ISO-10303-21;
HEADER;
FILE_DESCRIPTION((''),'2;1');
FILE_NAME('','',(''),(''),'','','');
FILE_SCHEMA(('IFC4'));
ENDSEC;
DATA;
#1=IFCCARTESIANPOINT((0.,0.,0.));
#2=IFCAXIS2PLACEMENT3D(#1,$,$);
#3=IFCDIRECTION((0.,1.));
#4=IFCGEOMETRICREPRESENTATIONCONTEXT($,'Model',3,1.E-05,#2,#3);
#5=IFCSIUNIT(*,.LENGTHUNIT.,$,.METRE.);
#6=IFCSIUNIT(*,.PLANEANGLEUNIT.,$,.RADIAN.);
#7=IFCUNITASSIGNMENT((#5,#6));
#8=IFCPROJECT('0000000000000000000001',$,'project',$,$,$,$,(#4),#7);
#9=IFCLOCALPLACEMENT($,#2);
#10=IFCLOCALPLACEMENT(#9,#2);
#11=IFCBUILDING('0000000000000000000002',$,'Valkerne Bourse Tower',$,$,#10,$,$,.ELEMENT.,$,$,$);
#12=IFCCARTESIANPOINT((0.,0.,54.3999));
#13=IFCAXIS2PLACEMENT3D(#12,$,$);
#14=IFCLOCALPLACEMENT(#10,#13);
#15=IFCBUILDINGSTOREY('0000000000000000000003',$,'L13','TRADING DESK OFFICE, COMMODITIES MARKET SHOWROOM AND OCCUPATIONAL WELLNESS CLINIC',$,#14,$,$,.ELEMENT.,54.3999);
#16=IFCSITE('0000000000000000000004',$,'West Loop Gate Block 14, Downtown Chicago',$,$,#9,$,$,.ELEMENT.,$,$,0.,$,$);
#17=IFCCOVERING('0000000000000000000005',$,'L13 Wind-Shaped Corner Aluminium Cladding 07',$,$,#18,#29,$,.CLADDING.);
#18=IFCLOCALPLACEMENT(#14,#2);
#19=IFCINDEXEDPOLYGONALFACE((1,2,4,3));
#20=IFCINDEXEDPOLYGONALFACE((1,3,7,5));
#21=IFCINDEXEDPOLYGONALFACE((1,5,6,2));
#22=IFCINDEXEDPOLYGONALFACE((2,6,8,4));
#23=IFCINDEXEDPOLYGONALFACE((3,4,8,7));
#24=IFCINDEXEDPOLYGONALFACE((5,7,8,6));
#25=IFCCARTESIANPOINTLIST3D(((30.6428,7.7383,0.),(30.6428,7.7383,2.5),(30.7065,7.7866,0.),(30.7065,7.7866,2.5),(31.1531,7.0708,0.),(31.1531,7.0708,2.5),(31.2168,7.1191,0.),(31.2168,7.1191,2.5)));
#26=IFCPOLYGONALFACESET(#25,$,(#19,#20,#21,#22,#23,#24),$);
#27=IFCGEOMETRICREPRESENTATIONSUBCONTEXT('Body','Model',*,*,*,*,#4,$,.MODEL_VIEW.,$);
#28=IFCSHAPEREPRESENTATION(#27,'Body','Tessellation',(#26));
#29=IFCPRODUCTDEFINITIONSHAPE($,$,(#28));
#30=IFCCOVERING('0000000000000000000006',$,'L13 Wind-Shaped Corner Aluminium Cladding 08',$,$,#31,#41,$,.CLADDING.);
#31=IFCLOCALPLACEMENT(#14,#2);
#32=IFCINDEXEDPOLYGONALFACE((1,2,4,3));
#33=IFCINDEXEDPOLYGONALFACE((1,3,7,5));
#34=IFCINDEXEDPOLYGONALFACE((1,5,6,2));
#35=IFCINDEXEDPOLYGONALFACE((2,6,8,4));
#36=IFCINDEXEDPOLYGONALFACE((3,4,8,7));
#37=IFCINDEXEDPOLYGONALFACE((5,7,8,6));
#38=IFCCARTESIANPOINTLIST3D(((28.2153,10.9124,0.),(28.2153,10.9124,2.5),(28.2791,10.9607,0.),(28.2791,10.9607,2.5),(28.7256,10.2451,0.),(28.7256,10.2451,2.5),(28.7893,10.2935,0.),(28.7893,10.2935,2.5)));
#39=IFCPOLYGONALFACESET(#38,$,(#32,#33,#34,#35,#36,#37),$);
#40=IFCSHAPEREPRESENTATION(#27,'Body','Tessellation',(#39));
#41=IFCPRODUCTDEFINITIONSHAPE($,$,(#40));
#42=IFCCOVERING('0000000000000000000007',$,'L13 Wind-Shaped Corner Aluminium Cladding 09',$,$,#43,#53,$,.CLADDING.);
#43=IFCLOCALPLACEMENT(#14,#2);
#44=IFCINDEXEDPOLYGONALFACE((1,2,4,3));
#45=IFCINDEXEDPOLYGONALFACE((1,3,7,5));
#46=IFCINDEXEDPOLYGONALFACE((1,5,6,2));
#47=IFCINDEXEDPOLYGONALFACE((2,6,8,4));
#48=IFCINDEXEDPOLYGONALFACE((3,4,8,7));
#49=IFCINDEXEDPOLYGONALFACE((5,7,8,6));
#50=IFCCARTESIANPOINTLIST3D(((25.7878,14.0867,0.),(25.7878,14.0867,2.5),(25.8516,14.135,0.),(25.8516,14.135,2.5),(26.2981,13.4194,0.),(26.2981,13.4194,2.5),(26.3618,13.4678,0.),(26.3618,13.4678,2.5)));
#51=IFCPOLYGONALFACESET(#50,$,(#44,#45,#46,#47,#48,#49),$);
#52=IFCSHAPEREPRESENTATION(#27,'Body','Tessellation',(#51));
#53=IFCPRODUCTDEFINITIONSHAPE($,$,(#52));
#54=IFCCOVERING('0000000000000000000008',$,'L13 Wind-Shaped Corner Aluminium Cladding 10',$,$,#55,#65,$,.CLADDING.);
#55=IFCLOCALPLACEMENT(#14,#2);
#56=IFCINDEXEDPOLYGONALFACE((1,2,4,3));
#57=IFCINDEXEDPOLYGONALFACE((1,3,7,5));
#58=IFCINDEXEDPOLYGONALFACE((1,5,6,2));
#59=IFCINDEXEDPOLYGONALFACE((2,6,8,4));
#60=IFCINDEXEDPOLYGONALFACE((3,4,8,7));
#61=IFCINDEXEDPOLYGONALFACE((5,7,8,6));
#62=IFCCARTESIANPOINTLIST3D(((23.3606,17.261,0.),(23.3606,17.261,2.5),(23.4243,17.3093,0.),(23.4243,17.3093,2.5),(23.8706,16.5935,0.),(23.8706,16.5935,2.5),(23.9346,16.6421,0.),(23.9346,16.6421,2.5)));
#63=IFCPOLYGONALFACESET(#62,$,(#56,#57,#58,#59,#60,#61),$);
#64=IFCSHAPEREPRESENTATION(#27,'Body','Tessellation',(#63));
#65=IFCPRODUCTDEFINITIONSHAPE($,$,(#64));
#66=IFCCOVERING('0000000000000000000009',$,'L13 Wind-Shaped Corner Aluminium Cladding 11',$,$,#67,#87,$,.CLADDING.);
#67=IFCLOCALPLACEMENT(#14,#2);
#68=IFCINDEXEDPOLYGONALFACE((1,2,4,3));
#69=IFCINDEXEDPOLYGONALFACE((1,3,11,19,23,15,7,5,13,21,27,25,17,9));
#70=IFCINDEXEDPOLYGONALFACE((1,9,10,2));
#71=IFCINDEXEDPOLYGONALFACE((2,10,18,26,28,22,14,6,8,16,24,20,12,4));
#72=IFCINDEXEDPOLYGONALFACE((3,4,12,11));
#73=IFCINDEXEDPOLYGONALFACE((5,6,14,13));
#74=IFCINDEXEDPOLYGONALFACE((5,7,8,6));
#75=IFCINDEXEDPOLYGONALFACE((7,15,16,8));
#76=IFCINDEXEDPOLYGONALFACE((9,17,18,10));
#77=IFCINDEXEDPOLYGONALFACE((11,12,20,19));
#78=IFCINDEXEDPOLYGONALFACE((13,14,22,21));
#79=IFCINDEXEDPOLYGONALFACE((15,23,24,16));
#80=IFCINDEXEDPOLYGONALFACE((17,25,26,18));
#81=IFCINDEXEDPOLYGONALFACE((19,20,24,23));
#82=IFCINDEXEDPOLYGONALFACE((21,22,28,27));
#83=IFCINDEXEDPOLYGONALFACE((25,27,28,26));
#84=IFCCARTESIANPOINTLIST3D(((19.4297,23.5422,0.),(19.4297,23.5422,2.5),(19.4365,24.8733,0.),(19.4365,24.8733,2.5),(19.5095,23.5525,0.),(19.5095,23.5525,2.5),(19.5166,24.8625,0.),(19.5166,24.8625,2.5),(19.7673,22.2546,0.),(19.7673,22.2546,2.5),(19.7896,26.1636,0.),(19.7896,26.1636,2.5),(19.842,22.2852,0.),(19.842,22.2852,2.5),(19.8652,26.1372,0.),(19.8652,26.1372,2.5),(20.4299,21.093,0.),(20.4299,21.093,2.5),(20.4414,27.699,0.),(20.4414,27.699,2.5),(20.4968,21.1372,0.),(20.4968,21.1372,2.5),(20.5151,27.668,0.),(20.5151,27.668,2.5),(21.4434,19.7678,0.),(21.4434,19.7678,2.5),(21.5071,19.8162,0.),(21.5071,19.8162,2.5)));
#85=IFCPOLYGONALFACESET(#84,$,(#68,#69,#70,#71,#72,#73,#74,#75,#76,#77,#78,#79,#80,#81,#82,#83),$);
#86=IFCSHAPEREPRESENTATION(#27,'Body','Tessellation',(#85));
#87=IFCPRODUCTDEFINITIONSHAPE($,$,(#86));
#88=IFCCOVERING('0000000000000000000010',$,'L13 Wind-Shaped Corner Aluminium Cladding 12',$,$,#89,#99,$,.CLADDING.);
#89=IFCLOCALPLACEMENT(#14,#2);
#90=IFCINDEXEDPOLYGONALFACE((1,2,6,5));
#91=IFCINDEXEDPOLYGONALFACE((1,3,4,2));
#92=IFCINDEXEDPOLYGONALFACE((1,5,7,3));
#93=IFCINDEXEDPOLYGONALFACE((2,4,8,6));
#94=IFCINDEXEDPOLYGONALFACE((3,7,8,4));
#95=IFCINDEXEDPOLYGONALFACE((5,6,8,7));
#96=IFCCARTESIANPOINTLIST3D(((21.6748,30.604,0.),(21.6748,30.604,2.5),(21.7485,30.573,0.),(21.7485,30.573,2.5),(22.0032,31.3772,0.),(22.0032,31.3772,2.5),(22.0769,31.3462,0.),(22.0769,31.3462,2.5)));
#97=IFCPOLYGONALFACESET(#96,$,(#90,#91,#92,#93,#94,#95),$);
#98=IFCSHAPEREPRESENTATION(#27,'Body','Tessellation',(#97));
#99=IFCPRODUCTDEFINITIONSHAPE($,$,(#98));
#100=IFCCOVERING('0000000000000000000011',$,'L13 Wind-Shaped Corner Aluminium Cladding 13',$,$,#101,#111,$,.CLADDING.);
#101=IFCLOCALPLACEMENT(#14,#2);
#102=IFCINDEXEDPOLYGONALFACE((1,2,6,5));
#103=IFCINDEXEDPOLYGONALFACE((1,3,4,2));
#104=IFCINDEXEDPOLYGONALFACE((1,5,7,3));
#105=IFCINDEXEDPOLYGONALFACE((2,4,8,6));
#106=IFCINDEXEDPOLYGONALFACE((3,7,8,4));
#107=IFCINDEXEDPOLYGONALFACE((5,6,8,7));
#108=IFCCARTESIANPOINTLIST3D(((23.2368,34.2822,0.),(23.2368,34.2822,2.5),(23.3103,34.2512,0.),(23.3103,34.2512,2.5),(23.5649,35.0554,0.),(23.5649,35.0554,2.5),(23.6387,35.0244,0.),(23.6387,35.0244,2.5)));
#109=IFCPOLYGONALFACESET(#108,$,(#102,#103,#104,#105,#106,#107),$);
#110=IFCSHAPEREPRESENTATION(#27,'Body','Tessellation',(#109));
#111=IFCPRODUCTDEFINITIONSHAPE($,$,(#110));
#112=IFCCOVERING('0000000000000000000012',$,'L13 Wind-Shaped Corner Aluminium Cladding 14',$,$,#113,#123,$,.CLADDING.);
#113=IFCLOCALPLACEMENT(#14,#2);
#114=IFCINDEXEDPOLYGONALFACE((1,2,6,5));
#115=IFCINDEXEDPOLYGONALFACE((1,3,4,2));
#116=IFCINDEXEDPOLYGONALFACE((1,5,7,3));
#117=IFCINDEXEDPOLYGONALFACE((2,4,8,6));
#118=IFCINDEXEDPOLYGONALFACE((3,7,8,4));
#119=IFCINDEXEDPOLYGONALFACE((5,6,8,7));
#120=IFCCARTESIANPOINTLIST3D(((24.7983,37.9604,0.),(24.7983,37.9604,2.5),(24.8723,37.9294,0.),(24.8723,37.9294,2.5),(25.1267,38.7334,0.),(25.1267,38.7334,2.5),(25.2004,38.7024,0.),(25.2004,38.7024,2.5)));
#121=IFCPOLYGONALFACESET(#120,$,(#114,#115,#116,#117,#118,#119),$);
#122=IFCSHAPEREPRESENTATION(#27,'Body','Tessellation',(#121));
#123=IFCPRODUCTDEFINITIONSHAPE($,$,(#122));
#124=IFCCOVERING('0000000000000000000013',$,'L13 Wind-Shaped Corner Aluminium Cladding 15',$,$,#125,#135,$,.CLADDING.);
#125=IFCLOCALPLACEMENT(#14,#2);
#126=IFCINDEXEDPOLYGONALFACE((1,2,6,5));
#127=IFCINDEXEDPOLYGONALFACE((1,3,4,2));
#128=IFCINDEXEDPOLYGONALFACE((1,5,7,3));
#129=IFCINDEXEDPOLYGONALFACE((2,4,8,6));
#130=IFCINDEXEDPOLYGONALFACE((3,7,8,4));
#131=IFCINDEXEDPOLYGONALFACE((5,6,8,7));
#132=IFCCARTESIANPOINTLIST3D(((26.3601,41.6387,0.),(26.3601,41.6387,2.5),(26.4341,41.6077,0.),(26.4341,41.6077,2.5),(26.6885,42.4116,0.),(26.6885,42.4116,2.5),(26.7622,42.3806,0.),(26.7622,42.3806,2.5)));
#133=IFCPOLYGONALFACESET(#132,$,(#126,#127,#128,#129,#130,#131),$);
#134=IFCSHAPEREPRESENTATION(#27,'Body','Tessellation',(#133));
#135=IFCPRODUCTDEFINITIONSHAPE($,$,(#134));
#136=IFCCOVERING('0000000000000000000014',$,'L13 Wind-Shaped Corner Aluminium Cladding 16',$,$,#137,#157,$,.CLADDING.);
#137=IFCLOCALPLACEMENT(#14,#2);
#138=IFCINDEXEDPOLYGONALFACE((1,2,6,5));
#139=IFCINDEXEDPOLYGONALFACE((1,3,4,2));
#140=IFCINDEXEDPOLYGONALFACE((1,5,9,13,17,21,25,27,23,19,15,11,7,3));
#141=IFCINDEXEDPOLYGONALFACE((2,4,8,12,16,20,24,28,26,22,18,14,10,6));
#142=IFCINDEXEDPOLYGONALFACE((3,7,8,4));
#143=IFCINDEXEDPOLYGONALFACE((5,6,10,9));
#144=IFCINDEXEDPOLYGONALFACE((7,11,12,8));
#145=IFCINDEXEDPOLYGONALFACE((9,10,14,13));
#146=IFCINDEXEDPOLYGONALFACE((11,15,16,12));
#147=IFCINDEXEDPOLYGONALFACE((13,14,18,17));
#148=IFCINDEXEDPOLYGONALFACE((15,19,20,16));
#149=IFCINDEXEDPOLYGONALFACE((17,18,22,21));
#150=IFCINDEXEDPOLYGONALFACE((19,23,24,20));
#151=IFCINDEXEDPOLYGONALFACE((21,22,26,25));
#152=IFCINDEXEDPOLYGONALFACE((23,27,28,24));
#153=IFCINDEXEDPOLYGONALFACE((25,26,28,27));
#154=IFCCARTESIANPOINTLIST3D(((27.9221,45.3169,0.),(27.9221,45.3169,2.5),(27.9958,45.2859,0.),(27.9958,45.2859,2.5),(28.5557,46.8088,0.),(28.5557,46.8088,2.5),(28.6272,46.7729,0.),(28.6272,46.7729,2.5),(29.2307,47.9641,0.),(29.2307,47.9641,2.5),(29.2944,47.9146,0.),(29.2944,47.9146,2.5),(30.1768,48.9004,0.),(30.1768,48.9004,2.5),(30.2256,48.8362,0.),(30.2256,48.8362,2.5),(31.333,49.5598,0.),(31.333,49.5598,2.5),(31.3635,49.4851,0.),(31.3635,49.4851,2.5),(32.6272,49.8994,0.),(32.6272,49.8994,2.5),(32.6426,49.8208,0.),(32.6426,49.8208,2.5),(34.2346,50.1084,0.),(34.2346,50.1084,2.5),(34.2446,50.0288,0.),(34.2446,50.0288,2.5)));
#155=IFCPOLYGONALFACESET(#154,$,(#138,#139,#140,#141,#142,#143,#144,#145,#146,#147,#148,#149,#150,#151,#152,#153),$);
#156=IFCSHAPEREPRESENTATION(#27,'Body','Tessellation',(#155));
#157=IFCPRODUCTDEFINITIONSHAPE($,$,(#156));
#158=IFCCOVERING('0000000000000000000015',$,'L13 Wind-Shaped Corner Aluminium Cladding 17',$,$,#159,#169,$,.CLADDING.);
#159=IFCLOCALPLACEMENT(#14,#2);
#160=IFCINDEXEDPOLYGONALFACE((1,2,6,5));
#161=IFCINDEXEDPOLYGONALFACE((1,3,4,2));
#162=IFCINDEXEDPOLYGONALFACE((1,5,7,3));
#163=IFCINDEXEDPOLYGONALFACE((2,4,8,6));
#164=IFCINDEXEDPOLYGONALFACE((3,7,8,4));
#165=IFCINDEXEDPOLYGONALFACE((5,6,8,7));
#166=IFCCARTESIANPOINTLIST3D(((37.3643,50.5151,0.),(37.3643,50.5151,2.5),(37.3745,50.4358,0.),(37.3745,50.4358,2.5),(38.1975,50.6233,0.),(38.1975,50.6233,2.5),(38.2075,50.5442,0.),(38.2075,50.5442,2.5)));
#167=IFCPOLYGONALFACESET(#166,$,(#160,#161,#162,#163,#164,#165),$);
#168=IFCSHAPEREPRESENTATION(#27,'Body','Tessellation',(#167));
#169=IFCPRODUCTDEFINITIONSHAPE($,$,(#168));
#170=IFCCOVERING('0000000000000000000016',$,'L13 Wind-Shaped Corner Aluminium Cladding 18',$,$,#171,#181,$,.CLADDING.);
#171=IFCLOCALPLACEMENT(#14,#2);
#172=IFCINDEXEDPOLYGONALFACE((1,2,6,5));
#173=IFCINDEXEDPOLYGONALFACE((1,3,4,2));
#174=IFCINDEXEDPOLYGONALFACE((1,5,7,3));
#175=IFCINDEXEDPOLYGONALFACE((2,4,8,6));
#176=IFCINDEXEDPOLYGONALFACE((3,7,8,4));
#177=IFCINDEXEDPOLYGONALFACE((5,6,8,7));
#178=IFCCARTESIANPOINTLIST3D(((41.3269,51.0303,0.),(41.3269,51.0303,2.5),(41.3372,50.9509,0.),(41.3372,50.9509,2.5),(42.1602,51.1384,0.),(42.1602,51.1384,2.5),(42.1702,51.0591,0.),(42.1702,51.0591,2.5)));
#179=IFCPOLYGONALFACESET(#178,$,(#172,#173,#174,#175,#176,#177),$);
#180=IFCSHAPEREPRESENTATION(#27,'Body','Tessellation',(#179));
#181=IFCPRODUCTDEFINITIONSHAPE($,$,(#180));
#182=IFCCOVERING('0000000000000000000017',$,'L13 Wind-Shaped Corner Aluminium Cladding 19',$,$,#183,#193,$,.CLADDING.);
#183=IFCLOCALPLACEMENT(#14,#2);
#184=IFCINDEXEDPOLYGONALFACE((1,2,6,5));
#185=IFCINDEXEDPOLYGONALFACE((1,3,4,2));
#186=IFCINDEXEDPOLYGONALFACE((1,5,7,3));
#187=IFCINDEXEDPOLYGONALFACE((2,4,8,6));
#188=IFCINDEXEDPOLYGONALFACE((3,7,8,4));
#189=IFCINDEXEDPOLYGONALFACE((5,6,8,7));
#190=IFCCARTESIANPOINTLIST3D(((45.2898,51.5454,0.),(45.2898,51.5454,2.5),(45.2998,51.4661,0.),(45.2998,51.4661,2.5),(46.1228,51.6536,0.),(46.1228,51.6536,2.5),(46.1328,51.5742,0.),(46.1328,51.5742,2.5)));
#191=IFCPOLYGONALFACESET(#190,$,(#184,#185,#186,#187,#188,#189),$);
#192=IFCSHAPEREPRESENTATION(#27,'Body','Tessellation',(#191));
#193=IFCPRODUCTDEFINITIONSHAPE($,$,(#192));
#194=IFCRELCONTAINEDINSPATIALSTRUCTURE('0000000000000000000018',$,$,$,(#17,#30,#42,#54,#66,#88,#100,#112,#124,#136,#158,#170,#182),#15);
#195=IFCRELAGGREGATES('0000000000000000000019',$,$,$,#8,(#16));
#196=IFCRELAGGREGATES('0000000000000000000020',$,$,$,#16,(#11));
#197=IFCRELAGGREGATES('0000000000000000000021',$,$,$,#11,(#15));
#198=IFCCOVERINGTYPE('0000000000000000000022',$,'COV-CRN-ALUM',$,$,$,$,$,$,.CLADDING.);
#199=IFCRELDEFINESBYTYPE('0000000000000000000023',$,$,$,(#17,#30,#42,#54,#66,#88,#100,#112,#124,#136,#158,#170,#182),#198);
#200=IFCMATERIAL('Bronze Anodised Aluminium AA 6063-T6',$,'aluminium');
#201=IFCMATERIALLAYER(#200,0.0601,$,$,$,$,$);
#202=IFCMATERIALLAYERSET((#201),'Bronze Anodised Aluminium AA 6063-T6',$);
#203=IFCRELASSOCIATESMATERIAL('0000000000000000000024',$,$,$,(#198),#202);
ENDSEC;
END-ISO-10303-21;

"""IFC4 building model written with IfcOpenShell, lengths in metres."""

from ifc_helpers import new_model, si_unit, direction, frame, origin, place, context, subcontext, project, spatial, polyline, outline, extrude, material, layer, layer_set, type_object, element, save


model = new_model("IFC4")

# Units and contexts
model_context = context("Model", 3, precision=1e-05, world=origin(), true_north=direction((0.0, 1.0)))
body_context = subcontext(model_context, "Body", "Model", "MODEL_VIEW")
ifc_project = project(units=[si_unit("LENGTHUNIT", "METRE"), si_unit("PLANEANGLEUNIT", "RADIAN")], contexts=[model_context])

# Site, building, storey
site_placement = place(None, origin())
site = spatial("IfcSite", under=ifc_project, at=site_placement, Name="West Loop Gate Block 14, Downtown Chicago", CompositionType="ELEMENT", RefElevation=0.0)
building_placement = place(site_placement, origin())
building = spatial("IfcBuilding", under=site, at=building_placement, Name="Valkerne Bourse Tower", CompositionType="ELEMENT")
storey_placement = place(building_placement, frame((0.0, 0.0, 54.3999)))
storey = spatial("IfcBuildingStorey", under=building, at=storey_placement, Name="L13", Description="TRADING DESK OFFICE, COMMODITIES MARKET SHOWROOM AND OCCUPATIONAL WELLNESS CLINIC", CompositionType="ELEMENT", Elevation=54.3999)

# Coverings
ifc_material_1 = material(Name="Bronze Anodised Aluminium AA 6063-T6", Category="aluminium")
ifc_layer_1 = layer(ifc_material_1, 0.0601)
ifc_layer_set_1 = layer_set([ifc_layer_1], Name="Bronze Anodised Aluminium AA 6063-T6")
covering_type = type_object("IfcCoveringType", Name="COV-CRN-ALUM", PredefinedType="CLADDING", material=ifc_layer_set_1)
covering_1_placement = place(storey_placement, origin())
element("IfcCovering", 1, at=covering_1_placement, inside=storey, type_object=covering_type, Name="L13 Wind-Shaped Corner Aluminium Cladding 07", PredefinedType="CLADDING", context=body_context, shape_type="SweptSolid", body=[
    extrude(outline(polyline([(30.6428, 7.7383), (30.7065, 7.7866), (31.2168, 7.1191), (31.1531, 7.0708), (30.6428, 7.7383)])), origin(), (0.0, 0.0, 1.0), 2.5),
])
covering_2_placement = place(storey_placement, origin())
element("IfcCovering", 2, at=covering_2_placement, inside=storey, type_object=covering_type, Name="L13 Wind-Shaped Corner Aluminium Cladding 08", PredefinedType="CLADDING", context=body_context, shape_type="SweptSolid", body=[
    extrude(outline(polyline([(28.2153, 10.9124), (28.2791, 10.9607), (28.7893, 10.2935), (28.7256, 10.2451), (28.2153, 10.9124)])), origin(), (0.0, 0.0, 1.0), 2.5),
])
covering_3_placement = place(storey_placement, origin())
element("IfcCovering", 3, at=covering_3_placement, inside=storey, type_object=covering_type, Name="L13 Wind-Shaped Corner Aluminium Cladding 09", PredefinedType="CLADDING", context=body_context, shape_type="SweptSolid", body=[
    extrude(outline(polyline([(25.7878, 14.0867), (25.8516, 14.135), (26.3618, 13.4678), (26.2981, 13.4194), (25.7878, 14.0867)])), origin(), (0.0, 0.0, 1.0), 2.5),
])
covering_4_placement = place(storey_placement, origin())
element("IfcCovering", 4, at=covering_4_placement, inside=storey, type_object=covering_type, Name="L13 Wind-Shaped Corner Aluminium Cladding 10", PredefinedType="CLADDING", context=body_context, shape_type="SweptSolid", body=[
    extrude(outline(polyline([(23.3606, 17.261), (23.4243, 17.3093), (23.9346, 16.6421), (23.8706, 16.5935), (23.3606, 17.261)])), origin(), (0.0, 0.0, 1.0), 2.5),
])
covering_5_placement = place(storey_placement, origin())
element("IfcCovering", 5, at=covering_5_placement, inside=storey, type_object=covering_type, Name="L13 Wind-Shaped Corner Aluminium Cladding 11", PredefinedType="CLADDING", context=body_context, shape_type="SweptSolid", body=[
    extrude(outline(polyline([(20.4299, 21.093), (19.7673, 22.2546), (19.4297, 23.5422), (19.4365, 24.8733), (19.7896, 26.1636), (20.4414, 27.699), (20.5151, 27.668), (19.8652, 26.1372), (19.5166, 24.8625), (19.5095, 23.5525), (19.842, 22.2852), (20.4968, 21.1372), (21.5071, 19.8162), (21.4434, 19.7678), (20.4299, 21.093)])), origin(), (0.0, 0.0, 1.0), 2.5),
])
covering_6_placement = place(storey_placement, origin())
element("IfcCovering", 6, at=covering_6_placement, inside=storey, type_object=covering_type, Name="L13 Wind-Shaped Corner Aluminium Cladding 12", PredefinedType="CLADDING", context=body_context, shape_type="SweptSolid", body=[
    extrude(outline(polyline([(22.0032, 31.3772), (22.0769, 31.3462), (21.7485, 30.573), (21.6748, 30.604), (22.0032, 31.3772)])), origin(), (0.0, 0.0, 1.0), 2.5),
])
covering_7_placement = place(storey_placement, origin())
element("IfcCovering", 7, at=covering_7_placement, inside=storey, type_object=covering_type, Name="L13 Wind-Shaped Corner Aluminium Cladding 13", PredefinedType="CLADDING", context=body_context, shape_type="SweptSolid", body=[
    extrude(outline(polyline([(23.5649, 35.0554), (23.6387, 35.0244), (23.3103, 34.2512), (23.2368, 34.2822), (23.5649, 35.0554)])), origin(), (0.0, 0.0, 1.0), 2.5),
])
covering_8_placement = place(storey_placement, origin())
element("IfcCovering", 8, at=covering_8_placement, inside=storey, type_object=covering_type, Name="L13 Wind-Shaped Corner Aluminium Cladding 14", PredefinedType="CLADDING", context=body_context, shape_type="SweptSolid", body=[
    extrude(outline(polyline([(25.1267, 38.7334), (25.2004, 38.7024), (24.8723, 37.9294), (24.7983, 37.9604), (25.1267, 38.7334)])), origin(), (0.0, 0.0, 1.0), 2.5),
])
covering_9_placement = place(storey_placement, origin())
element("IfcCovering", 9, at=covering_9_placement, inside=storey, type_object=covering_type, Name="L13 Wind-Shaped Corner Aluminium Cladding 15", PredefinedType="CLADDING", context=body_context, shape_type="SweptSolid", body=[
    extrude(outline(polyline([(26.6885, 42.4116), (26.7622, 42.3806), (26.4341, 41.6077), (26.3601, 41.6387), (26.6885, 42.4116)])), origin(), (0.0, 0.0, 1.0), 2.5),
])
covering_10_placement = place(storey_placement, origin())
element("IfcCovering", 10, at=covering_10_placement, inside=storey, type_object=covering_type, Name="L13 Wind-Shaped Corner Aluminium Cladding 16", PredefinedType="CLADDING", context=body_context, shape_type="SweptSolid", body=[
    extrude(outline(polyline([(28.5557, 46.8088), (29.2307, 47.9641), (30.1768, 48.9004), (31.333, 49.5598), (32.6272, 49.8994), (34.2346, 50.1084), (34.2446, 50.0288), (32.6426, 49.8208), (31.3635, 49.4851), (30.2256, 48.8362), (29.2944, 47.9146), (28.6272, 46.7729), (27.9958, 45.2859), (27.9221, 45.3169), (28.5557, 46.8088)])), origin(), (0.0, 0.0, 1.0), 2.5),
])
covering_11_placement = place(storey_placement, origin())
element("IfcCovering", 11, at=covering_11_placement, inside=storey, type_object=covering_type, Name="L13 Wind-Shaped Corner Aluminium Cladding 17", PredefinedType="CLADDING", context=body_context, shape_type="SweptSolid", body=[
    extrude(outline(polyline([(38.1975, 50.6233), (38.2075, 50.5442), (37.3745, 50.4358), (37.3643, 50.5151), (38.1975, 50.6233)])), origin(), (0.0, 0.0, 1.0), 2.5),
])
covering_12_placement = place(storey_placement, origin())
element("IfcCovering", 12, at=covering_12_placement, inside=storey, type_object=covering_type, Name="L13 Wind-Shaped Corner Aluminium Cladding 18", PredefinedType="CLADDING", context=body_context, shape_type="SweptSolid", body=[
    extrude(outline(polyline([(42.1602, 51.1384), (42.1702, 51.0591), (41.3372, 50.9509), (41.3269, 51.0303), (42.1602, 51.1384)])), origin(), (0.0, 0.0, 1.0), 2.5),
])
covering_13_placement = place(storey_placement, origin())
element("IfcCovering", 13, at=covering_13_placement, inside=storey, type_object=covering_type, Name="L13 Wind-Shaped Corner Aluminium Cladding 19", PredefinedType="CLADDING", context=body_context, shape_type="SweptSolid", body=[
    extrude(outline(polyline([(46.1228, 51.6536), (46.1328, 51.5742), (45.2998, 51.4661), (45.2898, 51.5454), (46.1228, 51.6536)])), origin(), (0.0, 0.0, 1.0), 2.5),
])

save(model, "model.ifc")
